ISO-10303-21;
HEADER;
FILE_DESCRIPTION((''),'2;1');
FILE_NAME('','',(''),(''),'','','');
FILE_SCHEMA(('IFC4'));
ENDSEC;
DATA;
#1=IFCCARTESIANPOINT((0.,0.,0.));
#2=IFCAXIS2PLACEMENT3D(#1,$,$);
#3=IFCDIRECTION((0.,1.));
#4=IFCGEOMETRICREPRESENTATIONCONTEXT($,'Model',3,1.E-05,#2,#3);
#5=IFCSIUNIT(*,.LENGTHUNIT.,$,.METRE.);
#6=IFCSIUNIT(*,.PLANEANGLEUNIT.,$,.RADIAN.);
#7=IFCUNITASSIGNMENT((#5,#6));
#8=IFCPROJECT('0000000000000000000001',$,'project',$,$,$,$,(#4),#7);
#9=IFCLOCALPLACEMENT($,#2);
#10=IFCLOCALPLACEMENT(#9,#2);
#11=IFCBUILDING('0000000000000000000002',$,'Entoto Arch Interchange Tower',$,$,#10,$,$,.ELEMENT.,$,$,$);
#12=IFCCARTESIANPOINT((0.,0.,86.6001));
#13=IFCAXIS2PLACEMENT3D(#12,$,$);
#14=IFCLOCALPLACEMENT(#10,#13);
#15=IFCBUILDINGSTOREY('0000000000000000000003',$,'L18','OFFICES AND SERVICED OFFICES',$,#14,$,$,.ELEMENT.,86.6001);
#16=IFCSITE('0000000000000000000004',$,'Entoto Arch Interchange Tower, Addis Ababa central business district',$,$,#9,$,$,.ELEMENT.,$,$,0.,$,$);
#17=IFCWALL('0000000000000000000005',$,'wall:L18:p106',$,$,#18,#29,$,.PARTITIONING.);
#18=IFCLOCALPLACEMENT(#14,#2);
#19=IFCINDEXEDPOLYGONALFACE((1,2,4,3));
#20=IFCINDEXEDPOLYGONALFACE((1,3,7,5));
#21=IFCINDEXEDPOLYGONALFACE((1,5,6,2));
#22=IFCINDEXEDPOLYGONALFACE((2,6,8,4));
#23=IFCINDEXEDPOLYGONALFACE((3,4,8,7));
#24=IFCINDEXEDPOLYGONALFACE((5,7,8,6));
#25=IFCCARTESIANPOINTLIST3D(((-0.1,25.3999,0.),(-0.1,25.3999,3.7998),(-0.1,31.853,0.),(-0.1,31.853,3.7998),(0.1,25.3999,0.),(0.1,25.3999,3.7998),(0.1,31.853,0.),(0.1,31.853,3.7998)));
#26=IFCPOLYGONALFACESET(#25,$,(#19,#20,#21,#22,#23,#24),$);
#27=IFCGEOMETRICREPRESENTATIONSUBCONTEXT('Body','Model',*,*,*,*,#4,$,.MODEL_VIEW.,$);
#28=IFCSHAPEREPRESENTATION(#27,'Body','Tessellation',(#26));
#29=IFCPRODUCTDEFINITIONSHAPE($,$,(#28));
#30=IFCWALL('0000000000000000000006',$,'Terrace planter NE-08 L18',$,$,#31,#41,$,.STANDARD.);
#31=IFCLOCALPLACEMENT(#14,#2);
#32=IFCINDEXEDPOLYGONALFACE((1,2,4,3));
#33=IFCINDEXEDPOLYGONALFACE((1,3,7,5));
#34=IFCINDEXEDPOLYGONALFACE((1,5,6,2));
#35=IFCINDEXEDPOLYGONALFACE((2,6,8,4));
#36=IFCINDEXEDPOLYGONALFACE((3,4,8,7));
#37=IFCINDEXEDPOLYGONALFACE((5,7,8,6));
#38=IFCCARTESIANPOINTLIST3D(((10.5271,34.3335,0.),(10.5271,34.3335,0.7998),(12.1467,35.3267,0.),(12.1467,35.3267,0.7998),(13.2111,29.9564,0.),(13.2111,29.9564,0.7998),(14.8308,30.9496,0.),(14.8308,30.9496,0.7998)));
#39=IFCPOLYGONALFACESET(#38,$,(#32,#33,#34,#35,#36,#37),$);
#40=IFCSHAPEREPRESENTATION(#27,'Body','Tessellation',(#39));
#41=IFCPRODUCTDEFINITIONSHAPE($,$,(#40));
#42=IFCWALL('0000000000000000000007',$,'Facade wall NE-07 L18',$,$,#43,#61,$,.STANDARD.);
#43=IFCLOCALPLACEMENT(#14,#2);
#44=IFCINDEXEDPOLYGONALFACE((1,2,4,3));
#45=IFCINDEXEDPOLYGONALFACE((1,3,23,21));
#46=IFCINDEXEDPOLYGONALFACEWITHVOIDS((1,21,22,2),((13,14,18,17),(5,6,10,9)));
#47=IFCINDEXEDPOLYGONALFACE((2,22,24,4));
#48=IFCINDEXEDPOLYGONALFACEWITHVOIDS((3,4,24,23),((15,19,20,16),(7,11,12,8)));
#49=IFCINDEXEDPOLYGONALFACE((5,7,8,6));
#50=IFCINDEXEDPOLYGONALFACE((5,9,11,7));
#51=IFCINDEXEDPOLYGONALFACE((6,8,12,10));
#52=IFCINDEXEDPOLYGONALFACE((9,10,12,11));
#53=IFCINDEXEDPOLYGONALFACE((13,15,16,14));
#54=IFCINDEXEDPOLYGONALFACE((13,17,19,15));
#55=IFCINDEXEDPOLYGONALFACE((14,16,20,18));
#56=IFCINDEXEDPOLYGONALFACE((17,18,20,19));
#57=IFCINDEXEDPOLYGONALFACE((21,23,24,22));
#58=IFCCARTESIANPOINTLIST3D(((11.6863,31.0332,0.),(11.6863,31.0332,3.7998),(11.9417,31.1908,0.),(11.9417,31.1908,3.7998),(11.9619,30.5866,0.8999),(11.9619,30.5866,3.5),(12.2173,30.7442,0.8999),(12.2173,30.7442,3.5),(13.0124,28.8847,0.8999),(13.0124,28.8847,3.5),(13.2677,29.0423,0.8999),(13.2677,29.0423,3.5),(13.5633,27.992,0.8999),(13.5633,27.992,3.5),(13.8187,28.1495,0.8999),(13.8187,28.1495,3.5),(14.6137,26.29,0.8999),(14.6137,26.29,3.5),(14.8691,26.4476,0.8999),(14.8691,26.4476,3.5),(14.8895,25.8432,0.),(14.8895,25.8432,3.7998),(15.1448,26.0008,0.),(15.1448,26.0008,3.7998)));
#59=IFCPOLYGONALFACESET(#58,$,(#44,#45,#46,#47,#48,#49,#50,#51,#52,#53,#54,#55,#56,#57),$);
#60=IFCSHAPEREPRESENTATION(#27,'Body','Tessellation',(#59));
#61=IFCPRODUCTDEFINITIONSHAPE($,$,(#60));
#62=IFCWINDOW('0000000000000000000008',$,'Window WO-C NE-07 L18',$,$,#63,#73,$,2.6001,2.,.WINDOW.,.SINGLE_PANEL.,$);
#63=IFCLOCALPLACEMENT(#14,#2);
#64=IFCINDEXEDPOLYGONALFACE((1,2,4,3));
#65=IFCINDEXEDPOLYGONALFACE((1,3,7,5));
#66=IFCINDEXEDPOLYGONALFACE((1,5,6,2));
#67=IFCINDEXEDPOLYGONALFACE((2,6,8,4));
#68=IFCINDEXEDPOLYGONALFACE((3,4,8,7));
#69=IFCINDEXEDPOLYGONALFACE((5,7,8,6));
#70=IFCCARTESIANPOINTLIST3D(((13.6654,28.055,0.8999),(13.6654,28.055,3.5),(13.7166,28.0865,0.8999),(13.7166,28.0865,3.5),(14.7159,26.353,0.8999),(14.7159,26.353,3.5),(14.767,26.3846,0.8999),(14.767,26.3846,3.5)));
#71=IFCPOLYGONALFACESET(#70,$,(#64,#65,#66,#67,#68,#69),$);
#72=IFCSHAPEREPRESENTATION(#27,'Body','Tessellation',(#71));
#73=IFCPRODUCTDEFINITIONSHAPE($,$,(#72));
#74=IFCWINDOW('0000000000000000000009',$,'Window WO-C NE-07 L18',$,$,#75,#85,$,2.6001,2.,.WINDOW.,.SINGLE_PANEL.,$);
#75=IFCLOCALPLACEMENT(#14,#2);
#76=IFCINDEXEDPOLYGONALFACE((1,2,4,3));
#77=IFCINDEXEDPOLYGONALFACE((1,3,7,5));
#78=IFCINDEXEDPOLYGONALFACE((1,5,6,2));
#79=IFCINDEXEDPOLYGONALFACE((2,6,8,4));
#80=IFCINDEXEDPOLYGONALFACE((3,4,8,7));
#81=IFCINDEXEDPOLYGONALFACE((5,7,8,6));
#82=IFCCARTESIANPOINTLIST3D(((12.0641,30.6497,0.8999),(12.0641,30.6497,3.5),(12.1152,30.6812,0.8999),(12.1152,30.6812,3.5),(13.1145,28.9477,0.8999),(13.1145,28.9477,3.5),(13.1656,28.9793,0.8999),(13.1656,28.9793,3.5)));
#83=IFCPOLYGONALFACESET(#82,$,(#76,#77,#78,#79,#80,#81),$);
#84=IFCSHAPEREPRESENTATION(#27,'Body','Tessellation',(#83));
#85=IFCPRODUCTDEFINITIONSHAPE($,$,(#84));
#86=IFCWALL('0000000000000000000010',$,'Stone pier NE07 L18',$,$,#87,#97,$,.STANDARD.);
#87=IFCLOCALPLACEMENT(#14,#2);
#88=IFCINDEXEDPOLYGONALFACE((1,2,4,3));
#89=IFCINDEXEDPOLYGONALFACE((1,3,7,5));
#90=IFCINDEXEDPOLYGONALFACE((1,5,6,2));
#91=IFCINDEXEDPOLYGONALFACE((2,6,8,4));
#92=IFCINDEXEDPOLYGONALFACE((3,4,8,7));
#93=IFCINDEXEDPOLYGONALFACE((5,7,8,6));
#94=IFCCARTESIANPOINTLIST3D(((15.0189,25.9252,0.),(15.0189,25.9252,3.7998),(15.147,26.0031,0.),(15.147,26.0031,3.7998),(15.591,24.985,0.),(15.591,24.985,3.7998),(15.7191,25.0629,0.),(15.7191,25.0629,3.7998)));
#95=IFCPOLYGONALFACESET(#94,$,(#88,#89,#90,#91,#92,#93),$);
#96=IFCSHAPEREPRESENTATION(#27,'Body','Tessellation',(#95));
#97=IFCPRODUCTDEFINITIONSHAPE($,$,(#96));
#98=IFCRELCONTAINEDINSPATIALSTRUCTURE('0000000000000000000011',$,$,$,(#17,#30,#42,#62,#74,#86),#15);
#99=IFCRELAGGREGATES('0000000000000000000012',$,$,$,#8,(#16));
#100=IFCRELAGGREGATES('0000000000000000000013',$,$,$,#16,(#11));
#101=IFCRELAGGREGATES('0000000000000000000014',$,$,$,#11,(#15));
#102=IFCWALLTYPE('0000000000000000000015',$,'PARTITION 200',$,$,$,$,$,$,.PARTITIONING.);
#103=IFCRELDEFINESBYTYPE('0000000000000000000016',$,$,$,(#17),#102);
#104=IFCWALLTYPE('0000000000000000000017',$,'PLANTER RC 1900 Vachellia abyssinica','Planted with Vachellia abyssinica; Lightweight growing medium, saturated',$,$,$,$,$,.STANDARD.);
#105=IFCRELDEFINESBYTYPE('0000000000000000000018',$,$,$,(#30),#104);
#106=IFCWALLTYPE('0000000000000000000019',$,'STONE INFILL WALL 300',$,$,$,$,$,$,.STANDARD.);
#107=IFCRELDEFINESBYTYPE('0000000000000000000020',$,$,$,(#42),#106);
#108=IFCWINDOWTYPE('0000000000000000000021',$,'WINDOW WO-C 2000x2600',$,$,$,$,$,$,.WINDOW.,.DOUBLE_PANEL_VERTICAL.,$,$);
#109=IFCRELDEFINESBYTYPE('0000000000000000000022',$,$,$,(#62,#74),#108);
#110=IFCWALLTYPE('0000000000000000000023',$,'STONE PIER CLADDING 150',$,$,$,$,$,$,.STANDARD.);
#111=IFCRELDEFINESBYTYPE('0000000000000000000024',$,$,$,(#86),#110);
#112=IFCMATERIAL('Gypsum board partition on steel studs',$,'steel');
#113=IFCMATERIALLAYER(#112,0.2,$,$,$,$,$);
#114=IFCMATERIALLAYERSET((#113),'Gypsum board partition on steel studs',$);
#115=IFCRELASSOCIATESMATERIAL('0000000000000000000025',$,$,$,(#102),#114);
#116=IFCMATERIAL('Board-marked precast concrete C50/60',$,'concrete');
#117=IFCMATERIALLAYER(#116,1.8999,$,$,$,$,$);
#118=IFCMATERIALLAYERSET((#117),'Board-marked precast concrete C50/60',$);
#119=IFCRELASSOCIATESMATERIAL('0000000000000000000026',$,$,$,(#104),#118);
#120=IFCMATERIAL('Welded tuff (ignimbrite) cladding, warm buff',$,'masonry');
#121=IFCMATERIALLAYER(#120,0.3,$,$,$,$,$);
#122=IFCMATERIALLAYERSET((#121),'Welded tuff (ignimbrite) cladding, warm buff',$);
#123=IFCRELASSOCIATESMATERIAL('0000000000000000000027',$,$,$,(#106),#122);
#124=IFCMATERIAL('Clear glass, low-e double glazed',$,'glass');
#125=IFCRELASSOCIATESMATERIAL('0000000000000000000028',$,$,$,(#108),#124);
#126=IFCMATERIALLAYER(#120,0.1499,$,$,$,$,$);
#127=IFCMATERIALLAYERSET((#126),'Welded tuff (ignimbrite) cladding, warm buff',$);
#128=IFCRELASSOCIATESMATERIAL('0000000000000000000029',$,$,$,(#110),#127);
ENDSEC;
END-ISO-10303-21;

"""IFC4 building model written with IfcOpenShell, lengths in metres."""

from ifc_helpers import new_model, si_unit, direction, frame, frame_2d, origin, place, context, subcontext, project, spatial, rectangle, extrude, material, layer, layer_set, type_object, element, fill, save


model = new_model("IFC4")

# Units and contexts
model_context = context("Model", 3, precision=1e-05, world=origin(), true_north=direction((0.0, 1.0)))
body_context = subcontext(model_context, "Body", "Model", "MODEL_VIEW")
ifc_project = project(units=[si_unit("LENGTHUNIT", "METRE"), si_unit("PLANEANGLEUNIT", "RADIAN")], contexts=[model_context])

# Site, building, storey
site_placement = place(None, origin())
site = spatial("IfcSite", under=ifc_project, at=site_placement, Name="Entoto Arch Interchange Tower, Addis Ababa central business district", CompositionType="ELEMENT", RefElevation=0.0)
building_placement = place(site_placement, origin())
building = spatial("IfcBuilding", under=site, at=building_placement, Name="Entoto Arch Interchange Tower", CompositionType="ELEMENT")
storey_placement = place(building_placement, frame((0.0, 0.0, 86.6001)))
storey = spatial("IfcBuildingStorey", under=building, at=storey_placement, Name="L18", Description="OFFICES AND SERVICED OFFICES", CompositionType="ELEMENT", Elevation=86.6001)

# Shared definitions
ifc_material_1 = material(Name="Gypsum board partition on steel studs", Category="steel")
ifc_layer_1 = layer(ifc_material_1, 0.2)
ifc_layer_set_1 = layer_set([ifc_layer_1], Name="Gypsum board partition on steel studs")
wall_type_1 = type_object("IfcWallType", Name="PARTITION 200", PredefinedType="PARTITIONING", material=ifc_layer_set_1)

# Walls
wall_1_placement = place(storey_placement, frame((0.0, 25.3999, 0.0), z_axis=(0.0, 0.0, 1.0), x_axis=(0.0, 1.0, 0.0)))
element("IfcWall", 1, at=wall_1_placement, inside=storey, type_object=wall_type_1, Name="wall:L18:p106", PredefinedType="PARTITIONING", context=body_context, shape_type="SweptSolid", body=[
    extrude(rectangle(XDim=6.4531, YDim=0.2, at=frame_2d((3.2266, 0.0))), origin(), (0.0, 0.0, 1.0), 3.7998),
])
ifc_material_2 = material(Name="Board-marked precast concrete C50/60", Category="concrete")
ifc_layer_2 = layer(ifc_material_2, 1.8999)
ifc_layer_set_2 = layer_set([ifc_layer_2], Name="Board-marked precast concrete C50/60")
wall_type_2 = type_object("IfcWallType", Name="PLANTER RC 1900 Vachellia abyssinica", Description="Planted with Vachellia abyssinica; Lightweight growing medium, saturated", PredefinedType="STANDARD", material=ifc_layer_set_2)
wall_2_placement = place(storey_placement, frame((14.021, 30.4529, 0.0), z_axis=(0.0, 0.0, 1.0), x_axis=(-0.522744, 0.85249, 0.0)))
element("IfcWall", 2, at=wall_2_placement, inside=storey, type_object=wall_type_2, Name="Terrace planter NE-08 L18", PredefinedType="STANDARD", context=body_context, shape_type="SweptSolid", body=[
    extrude(rectangle(XDim=5.1345, YDim=1.8999, at=frame_2d((2.5674, 0.0))), origin(), (0.0, 0.0, 1.0), 0.7998),
])

# Wall, openings, windows
ifc_material_3 = material(Name="Welded tuff (ignimbrite) cladding, warm buff", Category="masonry")
ifc_layer_3 = layer(ifc_material_3, 0.3)
ifc_layer_set_3 = layer_set([ifc_layer_3], Name="Welded tuff (ignimbrite) cladding, warm buff")
wall_type_3 = type_object("IfcWallType", Name="STONE INFILL WALL 300", PredefinedType="STANDARD", material=ifc_layer_set_3)
wall_3_placement = place(storey_placement, frame((15.0171, 25.9221, 0.0), z_axis=(0.0, 0.0, 1.0), x_axis=(-0.525205, 0.850976, 0.0)))
wall_3 = element("IfcWall", 3, at=wall_3_placement, inside=storey, type_object=wall_type_3, Name="Facade wall NE-07 L18", PredefinedType="STANDARD", context=body_context, shape_type="SweptSolid", body=[
    extrude(rectangle(XDim=6.0989, YDim=0.3, at=frame_2d((3.0493, 0.0))), origin(), (0.0, 0.0, 1.0), 3.7998),
])
opening_1_placement = place(wall_3_placement, frame((0.5249, 0.0, 0.8999)))
opening_1 = element("IfcOpeningElement", 4, at=opening_1_placement, cuts=wall_3, PredefinedType="OPENING", context=body_context, shape_type="SweptSolid", body=[
    extrude(rectangle(XDim=2.0, YDim=2.6001, at=frame_2d((1.0, 1.3))), frame((0.0, 0.1602, 0.0), z_axis=(0.0, -1.0, 0.0), x_axis=(1.0, 0.0, 0.0)), (0.0, 0.0, 1.0), 0.3201),
])
opening_2_placement = place(wall_3_placement, frame((3.574, 0.0, 0.8999)))
opening_2 = element("IfcOpeningElement", 5, at=opening_2_placement, cuts=wall_3, PredefinedType="OPENING", context=body_context, shape_type="SweptSolid", body=[
    extrude(rectangle(XDim=2.0, YDim=2.6001, at=frame_2d((1.0, 1.3))), frame((0.0, 0.1602, 0.0), z_axis=(0.0, -1.0, 0.0), x_axis=(1.0, 0.0, 0.0)), (0.0, 0.0, 1.0), 0.3201),
])
ifc_material_4 = material(Name="Clear glass, low-e double glazed", Category="glass")
window_type = type_object("IfcWindowType", Name="WINDOW WO-C 2000x2600", PartitioningType="DOUBLE_PANEL_VERTICAL", PredefinedType="WINDOW", material=ifc_material_4)
window_1_placement = place(opening_1_placement, origin())
window_1 = element("IfcWindow", 6, at=window_1_placement, inside=storey, type_object=window_type, Name="Window WO-C NE-07 L18", OverallHeight=2.6001, OverallWidth=2.0, PartitioningType="SINGLE_PANEL", PredefinedType="WINDOW", context=body_context, shape_type="SweptSolid", body=[
    extrude(rectangle(XDim=2.0, YDim=2.6001, at=frame_2d((1.0, 1.3))), frame((0.0, 0.03, 0.0), z_axis=(0.0, -1.0, 0.0), x_axis=(1.0, 0.0, 0.0)), (0.0, 0.0, 1.0), 0.0601),
])
fill(opening_1, window_1)
window_2_placement = place(opening_2_placement, origin())
window_2 = element("IfcWindow", 7, at=window_2_placement, inside=storey, type_object=window_type, Name="Window WO-C NE-07 L18", OverallHeight=2.6001, OverallWidth=2.0, PartitioningType="SINGLE_PANEL", PredefinedType="WINDOW", context=body_context, shape_type="SweptSolid", body=[
    extrude(rectangle(XDim=2.0, YDim=2.6001, at=frame_2d((1.0, 1.3))), frame((0.0, 0.03, 0.0), z_axis=(0.0, -1.0, 0.0), x_axis=(1.0, 0.0, 0.0)), (0.0, 0.0, 1.0), 0.0601),
])
fill(opening_2, window_2)

# Wall
ifc_layer_4 = layer(ifc_material_3, 0.1499)
ifc_layer_set_4 = layer_set([ifc_layer_4], Name="Welded tuff (ignimbrite) cladding, warm buff")
wall_type_4 = type_object("IfcWallType", Name="STONE PIER CLADDING 150", PredefinedType="STANDARD", material=ifc_layer_set_4)
wall_4_placement = place(storey_placement, frame((15.655, 25.0239, 0.0), z_axis=(0.0, 0.0, 1.0), x_axis=(-0.519771, 0.854306, 0.0)))
element("IfcWall", 8, at=wall_4_placement, inside=storey, type_object=wall_type_4, Name="Stone pier NE07 L18", PredefinedType="STANDARD", context=body_context, shape_type="SweptSolid", body=[
    extrude(rectangle(XDim=1.1006, YDim=0.1499, at=frame_2d((0.5503, 0.0))), origin(), (0.0, 0.0, 1.0), 3.7998),
])

save(model, "model.ifc")
